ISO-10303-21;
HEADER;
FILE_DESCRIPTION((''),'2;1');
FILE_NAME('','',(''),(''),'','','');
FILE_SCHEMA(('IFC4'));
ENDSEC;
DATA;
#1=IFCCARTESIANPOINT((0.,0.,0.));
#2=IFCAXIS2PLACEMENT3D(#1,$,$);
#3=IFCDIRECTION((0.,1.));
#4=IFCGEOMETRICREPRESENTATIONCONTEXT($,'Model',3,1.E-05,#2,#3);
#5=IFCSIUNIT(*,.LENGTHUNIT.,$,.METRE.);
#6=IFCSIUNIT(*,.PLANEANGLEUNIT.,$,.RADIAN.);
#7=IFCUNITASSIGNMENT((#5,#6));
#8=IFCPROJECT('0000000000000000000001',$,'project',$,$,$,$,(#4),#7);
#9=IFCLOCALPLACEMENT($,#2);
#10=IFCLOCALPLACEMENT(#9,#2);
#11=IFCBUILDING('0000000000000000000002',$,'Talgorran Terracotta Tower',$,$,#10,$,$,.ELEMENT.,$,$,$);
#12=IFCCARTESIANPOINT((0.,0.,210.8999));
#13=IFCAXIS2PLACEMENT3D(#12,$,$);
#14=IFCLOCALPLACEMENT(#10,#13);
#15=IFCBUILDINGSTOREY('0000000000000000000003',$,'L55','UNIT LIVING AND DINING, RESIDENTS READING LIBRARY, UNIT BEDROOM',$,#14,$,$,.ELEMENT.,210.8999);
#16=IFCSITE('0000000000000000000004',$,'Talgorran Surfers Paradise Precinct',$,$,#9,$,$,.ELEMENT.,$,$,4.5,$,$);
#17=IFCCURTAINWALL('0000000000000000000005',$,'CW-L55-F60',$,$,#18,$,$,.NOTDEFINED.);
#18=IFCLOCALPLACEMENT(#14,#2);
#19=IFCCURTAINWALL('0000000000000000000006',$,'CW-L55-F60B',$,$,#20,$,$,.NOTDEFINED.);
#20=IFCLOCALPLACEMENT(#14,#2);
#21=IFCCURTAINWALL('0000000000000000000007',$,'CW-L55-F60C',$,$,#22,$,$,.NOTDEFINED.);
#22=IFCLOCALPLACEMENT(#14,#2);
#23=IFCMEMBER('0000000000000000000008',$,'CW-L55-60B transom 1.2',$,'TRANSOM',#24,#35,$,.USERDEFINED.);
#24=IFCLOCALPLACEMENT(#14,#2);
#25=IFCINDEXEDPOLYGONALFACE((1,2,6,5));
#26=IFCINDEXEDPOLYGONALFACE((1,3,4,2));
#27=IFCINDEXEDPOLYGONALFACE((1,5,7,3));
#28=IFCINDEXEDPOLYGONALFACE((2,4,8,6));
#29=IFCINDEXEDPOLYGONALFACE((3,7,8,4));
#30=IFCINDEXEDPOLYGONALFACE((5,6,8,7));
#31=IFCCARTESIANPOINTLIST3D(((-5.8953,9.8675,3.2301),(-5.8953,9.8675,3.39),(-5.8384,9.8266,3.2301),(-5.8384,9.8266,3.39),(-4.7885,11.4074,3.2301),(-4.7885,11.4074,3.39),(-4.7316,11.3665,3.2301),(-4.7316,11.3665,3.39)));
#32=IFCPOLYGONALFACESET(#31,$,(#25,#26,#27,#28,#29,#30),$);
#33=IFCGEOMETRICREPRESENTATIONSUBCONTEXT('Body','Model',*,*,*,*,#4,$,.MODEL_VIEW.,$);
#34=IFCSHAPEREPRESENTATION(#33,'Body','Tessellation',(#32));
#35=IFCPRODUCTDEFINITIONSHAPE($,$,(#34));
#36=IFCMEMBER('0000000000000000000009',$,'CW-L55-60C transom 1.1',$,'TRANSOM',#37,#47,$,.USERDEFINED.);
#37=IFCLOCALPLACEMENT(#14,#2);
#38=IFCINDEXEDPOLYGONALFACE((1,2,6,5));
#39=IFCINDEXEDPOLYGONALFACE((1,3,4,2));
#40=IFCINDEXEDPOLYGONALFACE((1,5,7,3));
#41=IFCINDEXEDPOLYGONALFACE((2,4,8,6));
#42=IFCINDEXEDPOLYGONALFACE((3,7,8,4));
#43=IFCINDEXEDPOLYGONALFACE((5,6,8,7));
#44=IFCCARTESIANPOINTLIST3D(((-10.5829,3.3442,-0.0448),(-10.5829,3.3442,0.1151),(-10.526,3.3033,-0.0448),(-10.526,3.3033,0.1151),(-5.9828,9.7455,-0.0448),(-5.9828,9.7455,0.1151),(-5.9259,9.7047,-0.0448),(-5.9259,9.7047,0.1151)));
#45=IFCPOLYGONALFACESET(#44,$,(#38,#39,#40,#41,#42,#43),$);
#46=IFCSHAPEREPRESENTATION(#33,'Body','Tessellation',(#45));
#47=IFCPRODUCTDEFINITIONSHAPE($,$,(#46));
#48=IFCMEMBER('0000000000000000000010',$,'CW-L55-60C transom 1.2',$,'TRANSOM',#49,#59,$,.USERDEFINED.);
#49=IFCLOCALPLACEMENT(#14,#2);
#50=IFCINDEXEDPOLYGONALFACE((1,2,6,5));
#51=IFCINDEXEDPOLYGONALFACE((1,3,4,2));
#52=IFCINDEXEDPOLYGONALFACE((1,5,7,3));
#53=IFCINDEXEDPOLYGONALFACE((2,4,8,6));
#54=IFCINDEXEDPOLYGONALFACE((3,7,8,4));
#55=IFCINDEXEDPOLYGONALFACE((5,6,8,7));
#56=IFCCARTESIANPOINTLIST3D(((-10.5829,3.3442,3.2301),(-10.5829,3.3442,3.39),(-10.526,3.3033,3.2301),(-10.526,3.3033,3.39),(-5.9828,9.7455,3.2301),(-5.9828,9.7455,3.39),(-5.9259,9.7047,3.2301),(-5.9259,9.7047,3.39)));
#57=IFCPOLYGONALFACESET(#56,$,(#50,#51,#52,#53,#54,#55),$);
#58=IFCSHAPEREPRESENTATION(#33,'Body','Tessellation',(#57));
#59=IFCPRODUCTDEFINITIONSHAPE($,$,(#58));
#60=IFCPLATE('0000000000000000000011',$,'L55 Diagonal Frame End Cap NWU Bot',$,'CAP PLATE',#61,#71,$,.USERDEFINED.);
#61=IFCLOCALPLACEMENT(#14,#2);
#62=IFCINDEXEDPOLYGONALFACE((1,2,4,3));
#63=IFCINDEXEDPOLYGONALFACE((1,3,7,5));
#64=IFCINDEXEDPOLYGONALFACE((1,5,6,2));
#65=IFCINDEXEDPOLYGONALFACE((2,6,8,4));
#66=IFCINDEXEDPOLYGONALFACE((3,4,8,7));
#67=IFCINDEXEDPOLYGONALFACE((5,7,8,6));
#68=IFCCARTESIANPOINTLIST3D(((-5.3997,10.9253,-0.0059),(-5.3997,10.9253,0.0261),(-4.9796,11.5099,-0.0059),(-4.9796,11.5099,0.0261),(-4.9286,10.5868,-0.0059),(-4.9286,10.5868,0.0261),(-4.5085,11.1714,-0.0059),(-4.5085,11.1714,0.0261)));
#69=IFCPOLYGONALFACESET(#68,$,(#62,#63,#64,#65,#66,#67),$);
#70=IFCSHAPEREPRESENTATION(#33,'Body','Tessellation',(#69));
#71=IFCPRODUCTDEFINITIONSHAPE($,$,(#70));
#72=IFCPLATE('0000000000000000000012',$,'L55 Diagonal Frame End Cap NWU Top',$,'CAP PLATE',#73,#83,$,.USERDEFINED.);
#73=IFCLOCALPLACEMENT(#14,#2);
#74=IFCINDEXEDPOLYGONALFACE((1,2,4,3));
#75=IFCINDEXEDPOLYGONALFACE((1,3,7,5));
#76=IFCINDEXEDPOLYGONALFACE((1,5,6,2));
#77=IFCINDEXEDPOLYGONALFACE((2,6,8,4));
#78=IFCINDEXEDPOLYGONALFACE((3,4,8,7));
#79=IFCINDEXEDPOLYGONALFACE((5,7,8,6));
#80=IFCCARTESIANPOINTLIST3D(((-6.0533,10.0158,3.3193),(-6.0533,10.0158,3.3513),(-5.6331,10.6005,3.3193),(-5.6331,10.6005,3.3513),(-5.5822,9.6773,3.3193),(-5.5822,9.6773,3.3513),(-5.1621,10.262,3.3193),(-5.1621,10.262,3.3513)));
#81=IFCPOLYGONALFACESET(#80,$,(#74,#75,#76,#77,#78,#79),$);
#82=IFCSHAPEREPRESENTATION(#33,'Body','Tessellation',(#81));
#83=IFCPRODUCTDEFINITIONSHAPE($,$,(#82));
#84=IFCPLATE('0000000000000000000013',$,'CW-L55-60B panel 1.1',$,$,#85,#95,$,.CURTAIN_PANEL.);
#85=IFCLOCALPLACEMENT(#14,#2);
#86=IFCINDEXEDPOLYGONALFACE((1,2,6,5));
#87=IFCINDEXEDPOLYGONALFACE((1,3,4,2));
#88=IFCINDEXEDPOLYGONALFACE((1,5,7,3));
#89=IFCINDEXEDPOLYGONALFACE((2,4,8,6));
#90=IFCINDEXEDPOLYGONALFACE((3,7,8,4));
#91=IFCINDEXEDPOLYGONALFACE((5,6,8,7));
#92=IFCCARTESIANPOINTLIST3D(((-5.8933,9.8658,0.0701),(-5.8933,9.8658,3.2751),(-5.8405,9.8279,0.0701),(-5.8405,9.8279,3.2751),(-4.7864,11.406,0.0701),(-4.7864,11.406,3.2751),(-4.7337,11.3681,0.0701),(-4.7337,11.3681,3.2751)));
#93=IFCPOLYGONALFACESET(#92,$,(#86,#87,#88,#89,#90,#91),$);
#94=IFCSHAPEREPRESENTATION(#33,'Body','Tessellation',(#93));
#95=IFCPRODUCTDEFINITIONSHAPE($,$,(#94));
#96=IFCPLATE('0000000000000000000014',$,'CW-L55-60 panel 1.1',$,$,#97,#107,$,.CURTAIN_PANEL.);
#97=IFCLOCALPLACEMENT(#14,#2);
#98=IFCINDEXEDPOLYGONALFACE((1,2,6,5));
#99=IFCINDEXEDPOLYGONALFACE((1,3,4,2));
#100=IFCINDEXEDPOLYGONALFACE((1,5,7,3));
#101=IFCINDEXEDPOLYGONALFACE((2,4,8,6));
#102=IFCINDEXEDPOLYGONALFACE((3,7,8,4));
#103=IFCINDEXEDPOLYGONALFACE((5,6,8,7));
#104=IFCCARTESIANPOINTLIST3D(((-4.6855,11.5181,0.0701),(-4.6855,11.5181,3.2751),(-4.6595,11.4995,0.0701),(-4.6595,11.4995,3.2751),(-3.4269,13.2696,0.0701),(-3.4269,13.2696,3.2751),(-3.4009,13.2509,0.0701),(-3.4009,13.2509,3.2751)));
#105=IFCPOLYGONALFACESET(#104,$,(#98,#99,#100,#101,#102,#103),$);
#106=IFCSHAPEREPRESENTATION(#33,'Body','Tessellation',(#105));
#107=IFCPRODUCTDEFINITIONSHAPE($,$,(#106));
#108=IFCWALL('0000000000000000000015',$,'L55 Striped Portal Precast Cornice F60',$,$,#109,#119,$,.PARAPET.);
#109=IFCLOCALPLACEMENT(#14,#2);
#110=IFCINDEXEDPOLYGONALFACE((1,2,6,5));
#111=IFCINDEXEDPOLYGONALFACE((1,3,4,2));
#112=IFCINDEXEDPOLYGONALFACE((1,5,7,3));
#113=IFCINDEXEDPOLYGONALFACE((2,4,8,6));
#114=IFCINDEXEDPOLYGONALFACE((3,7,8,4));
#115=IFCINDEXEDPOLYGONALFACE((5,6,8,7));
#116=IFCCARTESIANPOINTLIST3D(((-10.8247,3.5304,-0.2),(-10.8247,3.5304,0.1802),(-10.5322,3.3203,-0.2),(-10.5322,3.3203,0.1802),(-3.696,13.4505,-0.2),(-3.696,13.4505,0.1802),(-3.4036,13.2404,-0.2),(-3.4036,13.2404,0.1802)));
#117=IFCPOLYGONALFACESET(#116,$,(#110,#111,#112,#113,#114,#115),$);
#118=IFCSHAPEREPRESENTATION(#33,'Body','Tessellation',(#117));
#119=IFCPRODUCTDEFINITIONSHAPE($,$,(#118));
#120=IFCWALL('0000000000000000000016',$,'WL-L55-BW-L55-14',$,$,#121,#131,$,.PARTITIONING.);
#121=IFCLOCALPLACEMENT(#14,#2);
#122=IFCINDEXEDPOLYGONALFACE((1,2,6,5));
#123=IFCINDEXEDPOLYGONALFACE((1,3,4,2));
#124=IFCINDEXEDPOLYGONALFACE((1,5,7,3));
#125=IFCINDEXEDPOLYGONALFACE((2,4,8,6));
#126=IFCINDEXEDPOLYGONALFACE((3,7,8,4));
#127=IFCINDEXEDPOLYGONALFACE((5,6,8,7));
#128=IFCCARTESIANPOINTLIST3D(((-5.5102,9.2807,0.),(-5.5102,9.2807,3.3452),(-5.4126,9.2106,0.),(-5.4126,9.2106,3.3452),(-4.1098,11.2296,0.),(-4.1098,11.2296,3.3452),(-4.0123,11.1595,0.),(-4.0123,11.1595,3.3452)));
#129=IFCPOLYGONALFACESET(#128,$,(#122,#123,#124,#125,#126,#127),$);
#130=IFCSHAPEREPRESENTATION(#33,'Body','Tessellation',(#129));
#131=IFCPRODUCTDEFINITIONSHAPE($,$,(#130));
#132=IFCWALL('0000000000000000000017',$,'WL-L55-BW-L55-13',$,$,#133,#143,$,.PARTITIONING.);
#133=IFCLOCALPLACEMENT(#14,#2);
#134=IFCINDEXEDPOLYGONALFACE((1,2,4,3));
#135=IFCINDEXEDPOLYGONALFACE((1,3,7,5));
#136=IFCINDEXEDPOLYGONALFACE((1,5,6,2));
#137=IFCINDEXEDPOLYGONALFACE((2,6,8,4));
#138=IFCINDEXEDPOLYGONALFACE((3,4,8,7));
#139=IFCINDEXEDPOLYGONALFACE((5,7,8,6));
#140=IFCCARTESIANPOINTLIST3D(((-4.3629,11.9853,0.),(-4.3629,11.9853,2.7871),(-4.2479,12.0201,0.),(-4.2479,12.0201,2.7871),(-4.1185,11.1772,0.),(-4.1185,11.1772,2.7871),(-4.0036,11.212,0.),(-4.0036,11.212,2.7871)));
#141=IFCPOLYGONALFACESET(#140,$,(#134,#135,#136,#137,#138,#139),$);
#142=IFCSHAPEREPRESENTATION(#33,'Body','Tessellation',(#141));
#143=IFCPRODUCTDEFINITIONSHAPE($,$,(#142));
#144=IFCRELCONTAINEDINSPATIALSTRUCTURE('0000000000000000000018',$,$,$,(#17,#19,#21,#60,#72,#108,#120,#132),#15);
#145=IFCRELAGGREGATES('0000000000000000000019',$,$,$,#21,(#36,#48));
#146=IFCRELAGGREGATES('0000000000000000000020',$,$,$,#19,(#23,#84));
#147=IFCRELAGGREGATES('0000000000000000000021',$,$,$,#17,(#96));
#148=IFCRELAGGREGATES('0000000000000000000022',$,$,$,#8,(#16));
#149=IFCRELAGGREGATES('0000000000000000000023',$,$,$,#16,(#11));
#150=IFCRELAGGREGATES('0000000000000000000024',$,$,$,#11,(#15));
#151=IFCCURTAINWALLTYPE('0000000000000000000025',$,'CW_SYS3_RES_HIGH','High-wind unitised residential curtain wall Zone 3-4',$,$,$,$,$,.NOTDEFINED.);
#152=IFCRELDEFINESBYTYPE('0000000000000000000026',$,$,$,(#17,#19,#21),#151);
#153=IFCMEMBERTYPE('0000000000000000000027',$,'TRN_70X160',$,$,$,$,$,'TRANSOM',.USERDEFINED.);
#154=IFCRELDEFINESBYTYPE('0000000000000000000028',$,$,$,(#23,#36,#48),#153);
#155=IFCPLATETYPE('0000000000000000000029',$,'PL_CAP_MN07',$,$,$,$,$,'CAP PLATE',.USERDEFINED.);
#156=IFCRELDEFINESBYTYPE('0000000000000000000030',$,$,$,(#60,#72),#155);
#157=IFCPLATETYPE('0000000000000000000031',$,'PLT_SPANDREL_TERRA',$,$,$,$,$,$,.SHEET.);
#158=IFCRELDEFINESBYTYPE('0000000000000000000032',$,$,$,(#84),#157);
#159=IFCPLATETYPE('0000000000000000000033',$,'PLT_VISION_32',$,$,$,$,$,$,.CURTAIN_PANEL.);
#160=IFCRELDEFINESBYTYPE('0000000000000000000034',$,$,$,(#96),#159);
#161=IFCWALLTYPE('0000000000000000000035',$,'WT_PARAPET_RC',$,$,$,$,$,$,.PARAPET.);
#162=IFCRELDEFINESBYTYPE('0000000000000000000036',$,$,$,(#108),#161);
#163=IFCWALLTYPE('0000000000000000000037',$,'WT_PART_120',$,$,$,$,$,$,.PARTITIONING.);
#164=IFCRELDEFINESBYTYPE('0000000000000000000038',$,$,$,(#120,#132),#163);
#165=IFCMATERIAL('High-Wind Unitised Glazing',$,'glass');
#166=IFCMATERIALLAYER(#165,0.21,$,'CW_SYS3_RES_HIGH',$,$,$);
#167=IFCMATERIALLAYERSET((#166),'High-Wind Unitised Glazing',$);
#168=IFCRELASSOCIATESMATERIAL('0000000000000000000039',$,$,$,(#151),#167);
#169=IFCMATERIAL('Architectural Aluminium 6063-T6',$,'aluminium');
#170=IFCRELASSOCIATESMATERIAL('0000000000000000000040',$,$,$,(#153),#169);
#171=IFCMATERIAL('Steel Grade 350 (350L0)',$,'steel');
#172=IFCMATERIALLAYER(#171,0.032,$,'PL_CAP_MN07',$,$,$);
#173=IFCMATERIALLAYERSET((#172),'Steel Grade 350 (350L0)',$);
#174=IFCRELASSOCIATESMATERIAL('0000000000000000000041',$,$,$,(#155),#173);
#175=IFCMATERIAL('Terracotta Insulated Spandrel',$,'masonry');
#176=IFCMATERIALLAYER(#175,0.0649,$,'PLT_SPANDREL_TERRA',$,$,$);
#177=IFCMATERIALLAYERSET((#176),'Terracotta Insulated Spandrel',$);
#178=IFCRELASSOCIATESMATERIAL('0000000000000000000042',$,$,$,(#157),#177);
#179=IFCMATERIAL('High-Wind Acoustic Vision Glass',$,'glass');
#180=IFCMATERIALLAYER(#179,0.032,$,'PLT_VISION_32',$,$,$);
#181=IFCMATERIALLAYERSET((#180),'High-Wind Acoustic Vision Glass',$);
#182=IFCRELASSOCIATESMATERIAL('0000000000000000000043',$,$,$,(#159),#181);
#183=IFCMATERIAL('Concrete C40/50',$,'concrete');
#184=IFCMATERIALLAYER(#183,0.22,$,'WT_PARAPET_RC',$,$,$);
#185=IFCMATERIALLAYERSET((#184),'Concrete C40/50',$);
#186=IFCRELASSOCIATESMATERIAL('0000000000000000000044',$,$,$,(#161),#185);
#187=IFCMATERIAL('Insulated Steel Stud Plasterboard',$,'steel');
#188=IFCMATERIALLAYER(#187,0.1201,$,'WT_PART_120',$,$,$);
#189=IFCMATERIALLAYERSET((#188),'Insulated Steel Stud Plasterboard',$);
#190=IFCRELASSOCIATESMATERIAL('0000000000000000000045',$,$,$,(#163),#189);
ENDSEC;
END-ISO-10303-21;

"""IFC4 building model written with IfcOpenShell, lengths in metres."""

from ifc_helpers import new_model, si_unit, direction, frame, frame_2d, origin, origin_2d, place, context, subcontext, project, spatial, rectangle, extrude, source, transform, mapped, material, layer, layer_set, material_profile, profile_set, type_object, type_shapes, element, aggregate, save


model = new_model("IFC4")

# Units and contexts
model_context = context("Model", 3, precision=1e-05, world=origin(), true_north=direction((0.0, 1.0)))
body_context = subcontext(model_context, "Body", "Model", "MODEL_VIEW")
ifc_project = project(units=[si_unit("LENGTHUNIT", "METRE"), si_unit("PLANEANGLEUNIT", "RADIAN")], contexts=[model_context])

# Site, building, storey
site_placement = place(None, origin())
site = spatial("IfcSite", under=ifc_project, at=site_placement, Name="Talgorran Surfers Paradise Precinct", CompositionType="ELEMENT", RefElevation=4.5)
building_placement = place(site_placement, origin())
building = spatial("IfcBuilding", under=site, at=building_placement, Name="Talgorran Terracotta Tower", CompositionType="ELEMENT")
storey_placement = place(building_placement, frame((0.0, 0.0, 210.8999)))
storey = spatial("IfcBuildingStorey", under=building, at=storey_placement, Name="L55", Description="UNIT LIVING AND DINING, RESIDENTS READING LIBRARY, UNIT BEDROOM", CompositionType="ELEMENT", Elevation=210.8999)

# Shared definitions
ifc_material_1 = material(Name="Steel Grade 350 (350L0)", Category="steel")

# Shared definitions
ifc_material_2 = material(Name="High-Wind Unitised Glazing", Category="glass")
ifc_layer_1 = layer(ifc_material_2, 0.21, Name="CW_SYS3_RES_HIGH")
ifc_layer_set_1 = layer_set([ifc_layer_1], Name="High-Wind Unitised Glazing")
curtain_wall_type = type_object("IfcCurtainWallType", Name="CW_SYS3_RES_HIGH", Description="High-wind unitised residential curtain wall Zone 3-4", PredefinedType="NOTDEFINED", material=ifc_layer_set_1)
ifc_material_3 = material(Name="Architectural Aluminium 6063-T6", Category="aluminium")

# Curtain walls
curtain_wall_1_placement = place(storey_placement, origin())
curtain_wall_1 = element("IfcCurtainWall", 1, at=curtain_wall_1_placement, inside=storey, type_object=curtain_wall_type, Name="CW-L55-F60", PredefinedType="NOTDEFINED")
curtain_wall_2_placement = place(storey_placement, origin())
curtain_wall_2 = element("IfcCurtainWall", 2, at=curtain_wall_2_placement, inside=storey, type_object=curtain_wall_type, Name="CW-L55-F60B", PredefinedType="NOTDEFINED")

# Curtain wall
curtain_wall_3_placement = place(storey_placement, origin())
curtain_wall_3 = element("IfcCurtainWall", 3, at=curtain_wall_3_placement, inside=storey, type_object=curtain_wall_type, Name="CW-L55-F60C", PredefinedType="NOTDEFINED")

# Members
ifc_material_profile_1 = material_profile(ifc_material_3, rectangle(XDim=0.0701, YDim=0.1599, at=origin_2d()), Name="CWT70X160")
ifc_profile_set_1 = profile_set([ifc_material_profile_1], Name="Architectural Aluminium 6063-T6")
member_type_1 = type_object("IfcMemberType", Name="TRN_70X160", ElementType="TRANSOM", PredefinedType="USERDEFINED", material=ifc_profile_set_1)
member_1_placement = place(storey_placement, frame((-4.76, 11.387, 3.3101), z_axis=(-0.583647, -0.812008, 0.0), x_axis=(0.812008, -0.583647, 0.0)))
member_1 = element("IfcMember", 4, at=member_1_placement, type_object=member_type_1, Name="CW-L55-60B transom 1.2", ObjectType="TRANSOM", PredefinedType="USERDEFINED", context=body_context, shape_type="SweptSolid", body=[
    extrude(rectangle(XDim=0.0701, YDim=0.1599, at=origin_2d()), origin(), (0.0, 0.0, 1.0), 1.8965),
])
member_2_placement = place(storey_placement, frame((-5.9543, 9.7251, 0.0352), z_axis=(-0.583562, -0.812069, 0.0), x_axis=(0.812069, -0.583562, 0.0)))
member_2 = element("IfcMember", 5, at=member_2_placement, type_object=member_type_1, Name="CW-L55-60C transom 1.1", ObjectType="TRANSOM", PredefinedType="USERDEFINED", context=body_context, shape_type="SweptSolid", body=[
    extrude(rectangle(XDim=0.0701, YDim=0.1599, at=origin_2d()), origin(), (0.0, 0.0, 1.0), 7.8828),
])
member_3_placement = place(storey_placement, frame((-5.9543, 9.7251, 3.3101), z_axis=(-0.583562, -0.812069, 0.0), x_axis=(0.812069, -0.583562, 0.0)))
member_3 = element("IfcMember", 6, at=member_3_placement, type_object=member_type_1, Name="CW-L55-60C transom 1.2", ObjectType="TRANSOM", PredefinedType="USERDEFINED", context=body_context, shape_type="SweptSolid", body=[
    extrude(rectangle(XDim=0.0701, YDim=0.1599, at=origin_2d()), origin(), (0.0, 0.0, 1.0), 7.8828),
])
aggregate(curtain_wall_3, [member_2, member_3])

# Plates
ifc_layer_2 = layer(ifc_material_1, 0.032, Name="PL_CAP_MN07")
ifc_layer_set_2 = layer_set([ifc_layer_2], Name="Steel Grade 350 (350L0)")
plate_type_1 = type_object("IfcPlateType", Name="PL_CAP_MN07", ElementType="CAP PLATE", PredefinedType="USERDEFINED", material=ifc_layer_set_2)
for number, where, z_axis, x_axis, name in (
    (7, (-4.9541, 11.0483, -0.0059), (0.0, 0.0, 1.0), (-0.583541, -0.812084, 0.0), "L55 Diagonal Frame End Cap NWU Bot"),
    (8, (-5.6077, 10.1389, 3.3193), (0.0, 0.0, 1.0), (-0.583541, -0.812084, 0.0), "L55 Diagonal Frame End Cap NWU Top"),
):
    element("IfcPlate", number, at=place(storey_placement, frame(where, z_axis=z_axis, x_axis=x_axis)), inside=storey, type_object=plate_type_1, Name=name, ObjectType="CAP PLATE", PredefinedType="USERDEFINED", context=body_context, shape_type="SweptSolid", body=[
        extrude(rectangle(XDim=0.72, YDim=0.5801, at=origin_2d()), origin(), (0.0, 0.0, 1.0), 0.032),
    ])

# Plates
ifc_material_4 = material(Name="Terracotta Insulated Spandrel", Category="masonry")
ifc_layer_3 = layer(ifc_material_4, 0.0649, Name="PLT_SPANDREL_TERRA")
ifc_layer_set_3 = layer_set([ifc_layer_3], Name="Terracotta Insulated Spandrel")
plate_type_2 = type_object("IfcPlateType", Name="PLT_SPANDREL_TERRA", PredefinedType="SHEET", material=ifc_layer_set_3)
shared_shape_1 = source(origin(), body_context, "Body", "SweptSolid", [
    extrude(rectangle(XDim=1.8967, YDim=0.0649, at=origin_2d()), origin(), (0.0, 0.0, 1.0), 3.2051),
])
type_shapes(plate_type_2, [shared_shape_1])
plate_1_placement = place(storey_placement, frame((-5.3135, 10.6169, 0.0701), z_axis=(0.0, 0.0, 1.0), x_axis=(-0.583558, -0.812071, 0.0)))
plate_1 = element("IfcPlate", 9, at=plate_1_placement, type_object=plate_type_2, Name="CW-L55-60B panel 1.1", PredefinedType="CURTAIN_PANEL", context=body_context, shape_type="MappedRepresentation", body=[
    mapped(shared_shape_1, transform((0.0, 0.0, 0.0), scale=1.0)),
])
aggregate(curtain_wall_2, [member_1, plate_1])
ifc_material_5 = material(Name="High-Wind Acoustic Vision Glass", Category="glass")
ifc_layer_4 = layer(ifc_material_5, 0.032, Name="PLT_VISION_32")
ifc_layer_set_4 = layer_set([ifc_layer_4], Name="High-Wind Acoustic Vision Glass")
plate_type_3 = type_object("IfcPlateType", Name="PLT_VISION_32", PredefinedType="CURTAIN_PANEL", material=ifc_layer_set_4)
shared_shape_2 = source(origin(), body_context, "Body", "SweptSolid", [
    extrude(rectangle(XDim=2.1567, YDim=0.032, at=origin_2d()), origin(), (0.0, 0.0, 1.0), 3.2051),
])
type_shapes(plate_type_3, [shared_shape_2])
plate_2_placement = place(storey_placement, frame((-4.0432, 12.3845, 0.0701), z_axis=(0.0, 0.0, 1.0), x_axis=(-0.583567, -0.812065, 0.0)))
plate_2 = element("IfcPlate", 10, at=plate_2_placement, type_object=plate_type_3, Name="CW-L55-60 panel 1.1", PredefinedType="CURTAIN_PANEL", context=body_context, shape_type="MappedRepresentation", body=[
    mapped(shared_shape_2, transform((0.0, 0.0, 0.0), scale=1.0)),
])
aggregate(curtain_wall_1, [plate_2])

# Walls
ifc_material_6 = material(Name="Concrete C40/50", Category="concrete")
ifc_layer_5 = layer(ifc_material_6, 0.22, Name="WT_PARAPET_RC")
ifc_layer_set_5 = layer_set([ifc_layer_5], Name="Concrete C40/50")
wall_type_1 = type_object("IfcWallType", Name="WT_PARAPET_RC", PredefinedType="PARAPET", material=ifc_layer_set_5)
wall_1_placement = place(storey_placement, frame((-3.5498, 13.3455, -0.2), z_axis=(0.0, 0.0, 1.0), x_axis=(-0.583557, -0.812072, 0.0)))
element("IfcWall", 11, at=wall_1_placement, inside=storey, type_object=wall_type_1, Name="L55 Striped Portal Precast Cornice F60", PredefinedType="PARAPET", context=body_context, shape_type="SweptSolid", body=[
    extrude(rectangle(XDim=12.2158, YDim=0.3601, at=frame_2d((6.1079, 0.0))), origin(), (0.0, 0.0, 1.0), 0.3801),
])
ifc_material_7 = material(Name="Insulated Steel Stud Plasterboard", Category="steel")
ifc_layer_6 = layer(ifc_material_7, 0.1201, Name="WT_PART_120")
ifc_layer_set_6 = layer_set([ifc_layer_6], Name="Insulated Steel Stud Plasterboard")
wall_type_2 = type_object("IfcWallType", Name="WT_PART_120", PredefinedType="PARTITIONING", material=ifc_layer_set_6)
wall_2_placement = place(storey_placement, frame((-4.061, 11.1946, 0.0), z_axis=(0.0, 0.0, 1.0), x_axis=(-0.583517, -0.812101, 0.0)))
element("IfcWall", 12, at=wall_2_placement, inside=storey, type_object=wall_type_2, Name="WL-L55-BW-L55-14", PredefinedType="PARTITIONING", context=body_context, shape_type="SweptSolid", body=[
    extrude(rectangle(XDim=2.3999, YDim=0.1201, at=frame_2d((1.2, 0.0))), origin(), (0.0, 0.0, 1.0), 3.3452),
])
wall_3_placement = place(storey_placement, frame((-4.3054, 12.0027, 0.0), z_axis=(0.0, 0.0, 1.0), x_axis=(0.28947, -0.957187, 0.0)))
element("IfcWall", 13, at=wall_3_placement, inside=storey, type_object=wall_type_2, Name="WL-L55-BW-L55-13", PredefinedType="PARTITIONING", context=body_context, shape_type="SweptSolid", body=[
    extrude(rectangle(XDim=0.8442, YDim=0.1201, at=frame_2d((0.4221, 0.0))), origin(), (0.0, 0.0, 1.0), 2.7871),
])

save(model, "model.ifc")
